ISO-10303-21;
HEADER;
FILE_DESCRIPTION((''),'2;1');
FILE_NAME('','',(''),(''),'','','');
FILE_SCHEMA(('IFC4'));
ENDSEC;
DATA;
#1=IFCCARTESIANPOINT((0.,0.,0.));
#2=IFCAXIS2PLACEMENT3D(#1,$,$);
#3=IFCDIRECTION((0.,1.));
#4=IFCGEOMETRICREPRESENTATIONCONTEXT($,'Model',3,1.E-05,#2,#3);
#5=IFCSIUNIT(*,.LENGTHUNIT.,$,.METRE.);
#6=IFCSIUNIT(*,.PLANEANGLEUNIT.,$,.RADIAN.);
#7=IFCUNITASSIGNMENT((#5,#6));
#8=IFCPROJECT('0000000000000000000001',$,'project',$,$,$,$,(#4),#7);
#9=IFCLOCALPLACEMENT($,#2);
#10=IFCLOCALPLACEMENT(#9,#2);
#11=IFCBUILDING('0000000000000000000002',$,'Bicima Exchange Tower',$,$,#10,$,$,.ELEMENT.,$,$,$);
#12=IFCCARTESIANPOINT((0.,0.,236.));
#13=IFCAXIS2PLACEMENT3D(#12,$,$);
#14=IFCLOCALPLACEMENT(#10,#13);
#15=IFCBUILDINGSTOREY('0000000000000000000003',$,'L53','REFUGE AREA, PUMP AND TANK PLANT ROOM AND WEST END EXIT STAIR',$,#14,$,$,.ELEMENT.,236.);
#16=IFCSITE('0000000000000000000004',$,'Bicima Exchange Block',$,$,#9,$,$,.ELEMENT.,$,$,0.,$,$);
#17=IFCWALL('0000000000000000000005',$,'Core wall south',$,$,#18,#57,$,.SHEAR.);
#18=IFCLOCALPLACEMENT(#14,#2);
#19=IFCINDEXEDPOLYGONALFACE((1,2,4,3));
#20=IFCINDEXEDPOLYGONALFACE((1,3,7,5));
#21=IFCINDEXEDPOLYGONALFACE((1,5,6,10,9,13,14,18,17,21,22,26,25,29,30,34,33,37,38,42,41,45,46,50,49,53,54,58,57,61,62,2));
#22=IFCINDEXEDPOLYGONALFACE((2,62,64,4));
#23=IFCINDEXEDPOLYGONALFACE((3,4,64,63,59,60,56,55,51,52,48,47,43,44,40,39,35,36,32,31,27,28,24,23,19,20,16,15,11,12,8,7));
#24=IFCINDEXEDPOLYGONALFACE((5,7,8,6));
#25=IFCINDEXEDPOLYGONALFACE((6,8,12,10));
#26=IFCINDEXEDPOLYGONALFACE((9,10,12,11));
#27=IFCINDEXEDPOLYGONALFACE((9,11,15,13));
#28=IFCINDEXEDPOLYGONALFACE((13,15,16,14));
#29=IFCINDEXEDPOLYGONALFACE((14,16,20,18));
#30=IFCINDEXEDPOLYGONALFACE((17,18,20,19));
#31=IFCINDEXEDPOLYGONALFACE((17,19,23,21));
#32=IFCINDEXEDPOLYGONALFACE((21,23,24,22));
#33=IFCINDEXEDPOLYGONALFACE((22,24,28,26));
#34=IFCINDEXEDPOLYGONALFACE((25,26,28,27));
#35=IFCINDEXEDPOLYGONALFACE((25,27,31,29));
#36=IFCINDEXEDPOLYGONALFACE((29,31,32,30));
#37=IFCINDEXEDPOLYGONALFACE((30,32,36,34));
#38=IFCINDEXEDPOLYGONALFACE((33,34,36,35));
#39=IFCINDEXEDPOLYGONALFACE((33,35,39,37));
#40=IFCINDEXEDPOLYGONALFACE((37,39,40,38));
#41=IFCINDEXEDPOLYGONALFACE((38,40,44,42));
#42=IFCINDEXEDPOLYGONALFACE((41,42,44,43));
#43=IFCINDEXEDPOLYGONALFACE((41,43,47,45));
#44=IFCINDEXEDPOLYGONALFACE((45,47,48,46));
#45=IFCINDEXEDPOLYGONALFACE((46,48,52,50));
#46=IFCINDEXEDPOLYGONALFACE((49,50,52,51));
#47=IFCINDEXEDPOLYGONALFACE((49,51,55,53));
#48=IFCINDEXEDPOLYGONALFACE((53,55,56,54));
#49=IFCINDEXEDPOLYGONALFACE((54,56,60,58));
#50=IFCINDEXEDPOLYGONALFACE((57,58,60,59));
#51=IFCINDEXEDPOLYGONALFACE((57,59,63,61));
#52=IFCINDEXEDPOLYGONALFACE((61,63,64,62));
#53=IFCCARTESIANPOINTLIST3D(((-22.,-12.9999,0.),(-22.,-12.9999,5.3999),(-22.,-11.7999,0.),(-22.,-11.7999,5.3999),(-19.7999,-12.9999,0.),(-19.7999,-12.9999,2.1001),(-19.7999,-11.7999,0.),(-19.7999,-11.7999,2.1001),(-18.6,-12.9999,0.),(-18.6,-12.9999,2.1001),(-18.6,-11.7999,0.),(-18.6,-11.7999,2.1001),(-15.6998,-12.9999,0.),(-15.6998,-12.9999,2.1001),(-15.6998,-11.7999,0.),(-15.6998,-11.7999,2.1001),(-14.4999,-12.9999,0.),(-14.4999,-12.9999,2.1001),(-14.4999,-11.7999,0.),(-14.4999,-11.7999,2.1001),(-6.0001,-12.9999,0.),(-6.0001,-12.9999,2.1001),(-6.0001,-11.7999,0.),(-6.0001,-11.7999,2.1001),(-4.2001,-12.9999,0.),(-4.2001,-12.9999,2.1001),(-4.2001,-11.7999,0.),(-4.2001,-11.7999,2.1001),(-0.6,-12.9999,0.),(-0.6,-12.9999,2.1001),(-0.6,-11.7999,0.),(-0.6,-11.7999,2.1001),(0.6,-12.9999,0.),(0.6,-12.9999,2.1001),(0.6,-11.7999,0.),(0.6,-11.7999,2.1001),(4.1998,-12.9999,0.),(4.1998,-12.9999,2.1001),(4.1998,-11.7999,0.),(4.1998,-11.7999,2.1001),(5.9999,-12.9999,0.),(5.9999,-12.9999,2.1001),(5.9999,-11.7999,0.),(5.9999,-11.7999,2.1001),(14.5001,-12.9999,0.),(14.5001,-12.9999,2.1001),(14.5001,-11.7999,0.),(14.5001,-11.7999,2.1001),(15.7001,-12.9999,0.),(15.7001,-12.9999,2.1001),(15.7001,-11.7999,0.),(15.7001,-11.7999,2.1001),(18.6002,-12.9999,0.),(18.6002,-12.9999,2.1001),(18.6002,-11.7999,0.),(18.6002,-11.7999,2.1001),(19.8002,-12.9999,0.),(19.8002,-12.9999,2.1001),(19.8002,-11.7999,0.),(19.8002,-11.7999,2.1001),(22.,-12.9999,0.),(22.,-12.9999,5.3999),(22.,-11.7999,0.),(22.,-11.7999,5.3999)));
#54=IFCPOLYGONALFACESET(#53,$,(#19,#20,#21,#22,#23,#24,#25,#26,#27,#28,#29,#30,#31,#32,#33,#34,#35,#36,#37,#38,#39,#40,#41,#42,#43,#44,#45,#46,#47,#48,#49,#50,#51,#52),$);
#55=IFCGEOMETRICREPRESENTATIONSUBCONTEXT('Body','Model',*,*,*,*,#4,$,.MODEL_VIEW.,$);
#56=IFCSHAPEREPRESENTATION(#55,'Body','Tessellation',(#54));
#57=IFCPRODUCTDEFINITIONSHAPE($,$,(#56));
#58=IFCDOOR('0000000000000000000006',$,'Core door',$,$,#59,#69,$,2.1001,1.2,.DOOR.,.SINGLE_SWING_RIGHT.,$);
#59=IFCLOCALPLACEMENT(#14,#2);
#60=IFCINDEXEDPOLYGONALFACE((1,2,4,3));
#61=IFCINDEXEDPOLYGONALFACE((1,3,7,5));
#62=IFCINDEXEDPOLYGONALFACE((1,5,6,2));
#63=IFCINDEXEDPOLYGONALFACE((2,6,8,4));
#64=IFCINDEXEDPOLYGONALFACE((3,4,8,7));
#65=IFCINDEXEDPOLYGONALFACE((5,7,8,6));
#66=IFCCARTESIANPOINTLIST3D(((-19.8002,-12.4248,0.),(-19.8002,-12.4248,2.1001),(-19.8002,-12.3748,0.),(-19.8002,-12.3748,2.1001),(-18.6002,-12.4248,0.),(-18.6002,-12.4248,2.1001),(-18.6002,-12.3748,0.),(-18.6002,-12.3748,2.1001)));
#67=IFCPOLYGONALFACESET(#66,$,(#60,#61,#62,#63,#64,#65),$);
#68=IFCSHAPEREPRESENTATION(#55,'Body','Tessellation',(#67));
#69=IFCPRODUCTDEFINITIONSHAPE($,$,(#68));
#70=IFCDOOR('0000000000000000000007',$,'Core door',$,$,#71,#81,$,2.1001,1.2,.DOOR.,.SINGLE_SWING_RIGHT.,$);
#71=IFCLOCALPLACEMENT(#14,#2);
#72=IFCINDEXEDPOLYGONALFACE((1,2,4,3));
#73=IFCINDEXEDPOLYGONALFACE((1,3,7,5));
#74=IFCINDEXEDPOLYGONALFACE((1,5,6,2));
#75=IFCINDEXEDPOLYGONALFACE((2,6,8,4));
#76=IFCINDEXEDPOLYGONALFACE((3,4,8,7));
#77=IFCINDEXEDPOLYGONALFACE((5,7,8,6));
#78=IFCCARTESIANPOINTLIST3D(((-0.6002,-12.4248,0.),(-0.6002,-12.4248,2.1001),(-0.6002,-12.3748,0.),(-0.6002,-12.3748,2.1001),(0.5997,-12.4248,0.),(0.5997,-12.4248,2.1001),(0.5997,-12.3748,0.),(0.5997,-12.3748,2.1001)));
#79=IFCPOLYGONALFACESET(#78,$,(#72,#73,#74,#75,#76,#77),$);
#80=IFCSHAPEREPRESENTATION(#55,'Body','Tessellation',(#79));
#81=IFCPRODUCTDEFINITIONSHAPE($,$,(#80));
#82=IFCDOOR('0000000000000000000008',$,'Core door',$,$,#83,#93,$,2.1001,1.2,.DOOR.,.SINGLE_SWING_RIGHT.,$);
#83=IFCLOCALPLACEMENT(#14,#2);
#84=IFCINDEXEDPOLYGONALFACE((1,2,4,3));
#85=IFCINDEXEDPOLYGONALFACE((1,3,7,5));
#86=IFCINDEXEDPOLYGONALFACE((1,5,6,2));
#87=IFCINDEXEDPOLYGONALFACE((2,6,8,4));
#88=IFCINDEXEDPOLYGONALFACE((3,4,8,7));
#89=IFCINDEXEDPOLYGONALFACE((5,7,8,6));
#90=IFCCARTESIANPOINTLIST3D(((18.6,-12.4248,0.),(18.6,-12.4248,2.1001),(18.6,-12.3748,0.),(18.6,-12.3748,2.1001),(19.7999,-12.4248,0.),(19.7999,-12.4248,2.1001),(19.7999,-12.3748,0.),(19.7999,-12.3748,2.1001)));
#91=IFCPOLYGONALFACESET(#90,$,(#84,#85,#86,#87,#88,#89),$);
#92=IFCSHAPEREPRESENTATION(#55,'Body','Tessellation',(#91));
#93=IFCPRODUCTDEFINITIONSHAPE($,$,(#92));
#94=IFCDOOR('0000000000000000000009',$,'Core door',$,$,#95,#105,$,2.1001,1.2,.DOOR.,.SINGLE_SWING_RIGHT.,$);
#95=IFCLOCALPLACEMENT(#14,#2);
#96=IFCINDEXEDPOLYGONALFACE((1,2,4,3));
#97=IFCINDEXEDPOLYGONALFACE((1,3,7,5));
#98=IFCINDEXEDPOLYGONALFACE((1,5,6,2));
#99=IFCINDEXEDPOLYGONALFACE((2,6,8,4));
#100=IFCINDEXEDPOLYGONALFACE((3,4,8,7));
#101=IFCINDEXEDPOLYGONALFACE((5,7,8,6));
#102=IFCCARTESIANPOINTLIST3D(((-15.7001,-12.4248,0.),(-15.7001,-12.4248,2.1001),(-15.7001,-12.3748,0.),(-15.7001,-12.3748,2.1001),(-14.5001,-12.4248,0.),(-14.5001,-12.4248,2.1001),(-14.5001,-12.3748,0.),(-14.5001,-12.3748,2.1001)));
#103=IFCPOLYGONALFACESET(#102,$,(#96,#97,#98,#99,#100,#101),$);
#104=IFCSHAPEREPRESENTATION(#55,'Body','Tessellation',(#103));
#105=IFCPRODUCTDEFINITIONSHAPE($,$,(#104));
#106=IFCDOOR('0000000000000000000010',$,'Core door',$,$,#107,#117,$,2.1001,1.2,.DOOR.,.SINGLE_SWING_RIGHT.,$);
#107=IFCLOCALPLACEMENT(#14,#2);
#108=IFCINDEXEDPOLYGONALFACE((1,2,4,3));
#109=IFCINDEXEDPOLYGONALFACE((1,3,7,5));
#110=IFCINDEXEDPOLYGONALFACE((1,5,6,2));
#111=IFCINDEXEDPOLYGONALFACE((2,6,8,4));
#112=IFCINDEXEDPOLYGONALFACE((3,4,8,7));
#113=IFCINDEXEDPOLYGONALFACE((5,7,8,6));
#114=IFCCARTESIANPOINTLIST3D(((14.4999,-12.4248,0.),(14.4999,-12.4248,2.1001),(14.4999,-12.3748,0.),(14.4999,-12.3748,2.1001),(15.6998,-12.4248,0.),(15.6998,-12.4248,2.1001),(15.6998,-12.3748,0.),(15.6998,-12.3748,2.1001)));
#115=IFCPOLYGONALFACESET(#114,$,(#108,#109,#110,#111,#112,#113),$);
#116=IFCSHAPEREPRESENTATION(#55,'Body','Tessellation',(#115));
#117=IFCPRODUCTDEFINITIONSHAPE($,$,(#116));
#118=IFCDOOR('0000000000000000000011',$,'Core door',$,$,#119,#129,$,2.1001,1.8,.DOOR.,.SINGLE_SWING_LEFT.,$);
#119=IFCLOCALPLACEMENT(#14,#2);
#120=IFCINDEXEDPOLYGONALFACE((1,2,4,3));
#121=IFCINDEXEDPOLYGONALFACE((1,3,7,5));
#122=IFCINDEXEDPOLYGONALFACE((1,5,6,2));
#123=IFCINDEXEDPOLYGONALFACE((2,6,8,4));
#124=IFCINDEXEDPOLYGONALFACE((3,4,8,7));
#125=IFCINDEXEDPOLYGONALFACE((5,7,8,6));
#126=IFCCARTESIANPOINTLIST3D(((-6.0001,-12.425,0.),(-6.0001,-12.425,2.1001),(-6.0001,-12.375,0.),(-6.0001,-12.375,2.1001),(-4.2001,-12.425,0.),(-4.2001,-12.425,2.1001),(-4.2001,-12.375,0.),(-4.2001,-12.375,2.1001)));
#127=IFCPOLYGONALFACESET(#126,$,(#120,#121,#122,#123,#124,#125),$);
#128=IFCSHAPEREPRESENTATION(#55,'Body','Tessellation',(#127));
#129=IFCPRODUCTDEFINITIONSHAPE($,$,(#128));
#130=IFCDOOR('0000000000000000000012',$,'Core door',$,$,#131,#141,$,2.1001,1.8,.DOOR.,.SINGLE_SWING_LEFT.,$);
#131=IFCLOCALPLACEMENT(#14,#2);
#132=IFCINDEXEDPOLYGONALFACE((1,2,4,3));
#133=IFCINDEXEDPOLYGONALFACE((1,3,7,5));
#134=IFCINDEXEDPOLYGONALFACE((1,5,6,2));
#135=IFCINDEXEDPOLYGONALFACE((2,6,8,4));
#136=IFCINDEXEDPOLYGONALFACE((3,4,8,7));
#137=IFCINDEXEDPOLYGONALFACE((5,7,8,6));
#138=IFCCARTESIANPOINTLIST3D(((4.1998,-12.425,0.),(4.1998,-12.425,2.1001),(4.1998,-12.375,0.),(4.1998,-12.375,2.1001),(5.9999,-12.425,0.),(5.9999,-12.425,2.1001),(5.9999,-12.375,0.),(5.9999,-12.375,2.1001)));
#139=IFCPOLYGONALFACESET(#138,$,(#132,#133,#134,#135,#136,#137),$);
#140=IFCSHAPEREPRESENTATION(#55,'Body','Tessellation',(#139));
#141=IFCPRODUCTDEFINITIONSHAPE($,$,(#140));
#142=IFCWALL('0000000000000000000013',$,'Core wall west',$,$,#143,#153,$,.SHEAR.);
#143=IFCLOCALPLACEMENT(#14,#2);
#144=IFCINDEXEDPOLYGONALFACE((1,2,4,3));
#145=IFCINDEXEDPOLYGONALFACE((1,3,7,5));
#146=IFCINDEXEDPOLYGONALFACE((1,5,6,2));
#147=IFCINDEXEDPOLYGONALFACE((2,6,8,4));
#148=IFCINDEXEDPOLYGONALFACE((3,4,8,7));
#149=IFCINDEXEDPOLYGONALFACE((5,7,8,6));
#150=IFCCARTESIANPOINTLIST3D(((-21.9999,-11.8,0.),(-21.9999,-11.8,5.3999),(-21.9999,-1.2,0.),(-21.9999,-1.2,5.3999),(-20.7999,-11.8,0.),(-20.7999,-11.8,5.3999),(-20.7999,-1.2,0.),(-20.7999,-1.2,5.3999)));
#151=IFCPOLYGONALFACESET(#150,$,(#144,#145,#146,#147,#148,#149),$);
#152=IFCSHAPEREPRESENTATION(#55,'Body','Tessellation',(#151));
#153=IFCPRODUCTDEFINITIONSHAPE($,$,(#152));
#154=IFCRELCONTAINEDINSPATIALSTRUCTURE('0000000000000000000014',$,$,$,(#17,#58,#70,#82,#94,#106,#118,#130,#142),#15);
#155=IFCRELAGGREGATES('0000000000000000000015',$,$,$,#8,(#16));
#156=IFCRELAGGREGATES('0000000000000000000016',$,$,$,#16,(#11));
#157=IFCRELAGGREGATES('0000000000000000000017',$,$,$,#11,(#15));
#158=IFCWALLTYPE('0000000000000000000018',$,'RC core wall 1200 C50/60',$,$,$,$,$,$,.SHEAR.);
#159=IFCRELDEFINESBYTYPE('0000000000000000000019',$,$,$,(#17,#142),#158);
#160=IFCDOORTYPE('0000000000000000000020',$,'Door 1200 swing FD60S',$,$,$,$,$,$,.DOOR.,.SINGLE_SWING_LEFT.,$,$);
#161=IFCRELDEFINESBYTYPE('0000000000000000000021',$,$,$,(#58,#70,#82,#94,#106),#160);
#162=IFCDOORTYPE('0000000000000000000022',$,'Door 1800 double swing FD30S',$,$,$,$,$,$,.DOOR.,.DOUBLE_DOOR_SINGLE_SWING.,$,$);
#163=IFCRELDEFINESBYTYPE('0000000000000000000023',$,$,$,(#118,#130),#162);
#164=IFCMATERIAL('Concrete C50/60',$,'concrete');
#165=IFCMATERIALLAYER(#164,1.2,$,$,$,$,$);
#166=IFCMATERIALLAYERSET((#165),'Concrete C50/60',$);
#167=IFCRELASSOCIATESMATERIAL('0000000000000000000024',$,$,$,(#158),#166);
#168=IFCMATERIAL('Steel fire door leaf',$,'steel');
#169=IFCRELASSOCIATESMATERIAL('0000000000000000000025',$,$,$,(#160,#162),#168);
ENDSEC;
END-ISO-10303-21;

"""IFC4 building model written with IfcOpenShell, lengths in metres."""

from ifc_helpers import new_model, si_unit, direction, frame, frame_2d, origin, place, context, subcontext, project, spatial, rectangle, extrude, material, layer, layer_set, type_object, element, fill, save


model = new_model("IFC4")

# Units and contexts
model_context = context("Model", 3, precision=1e-05, world=origin(), true_north=direction((0.0, 1.0)))
body_context = subcontext(model_context, "Body", "Model", "MODEL_VIEW")
ifc_project = project(units=[si_unit("LENGTHUNIT", "METRE"), si_unit("PLANEANGLEUNIT", "RADIAN")], contexts=[model_context])

# Site, building, storey
site_placement = place(None, origin())
site = spatial("IfcSite", under=ifc_project, at=site_placement, Name="Bicima Exchange Block", CompositionType="ELEMENT", RefElevation=0.0)
building_placement = place(site_placement, origin())
building = spatial("IfcBuilding", under=site, at=building_placement, Name="Bicima Exchange Tower", CompositionType="ELEMENT")
storey_placement = place(building_placement, frame((0.0, 0.0, 236.0)))
storey = spatial("IfcBuildingStorey", under=building, at=storey_placement, Name="L53", Description="REFUGE AREA, PUMP AND TANK PLANT ROOM AND WEST END EXIT STAIR", CompositionType="ELEMENT", Elevation=236.0)

# Wall, openings, doors
ifc_material_1 = material(Name="Concrete C50/60", Category="concrete")
ifc_layer_1 = layer(ifc_material_1, 1.2)
ifc_layer_set_1 = layer_set([ifc_layer_1], Name="Concrete C50/60")
wall_type_1 = type_object("IfcWallType", Name="RC core wall 1200 C50/60", PredefinedType="SHEAR", material=ifc_layer_set_1)
wall_1_placement = place(storey_placement, frame((-22.0, -12.3999, 0.0), z_axis=(0.0, 0.0, 1.0), x_axis=(1.0, 0.0, 0.0)))
wall_1 = element("IfcWall", 1, at=wall_1_placement, inside=storey, type_object=wall_type_1, Name="Core wall south", PredefinedType="SHEAR", context=body_context, shape_type="SweptSolid", body=[
    extrude(rectangle(XDim=44.0, YDim=1.2, at=frame_2d((22.0, 0.0))), origin(), (0.0, 0.0, 1.0), 5.3999),
])
opening_1_placement = place(wall_1_placement, frame((2.2, 0.0, 0.0)))
opening_1 = element("IfcOpeningElement", 2, at=opening_1_placement, cuts=wall_1, PredefinedType="OPENING", context=body_context, shape_type="SweptSolid", body=[
    extrude(rectangle(XDim=1.2, YDim=2.1001, at=frame_2d((0.6001, 1.05))), frame((0.0, 0.6118, 0.0), z_axis=(0.0, -1.0, 0.0), x_axis=(1.0, 0.0, 0.0)), (0.0, 0.0, 1.0), 1.2239),
])
opening_2_placement = place(wall_1_placement, frame((21.3999, 0.0, 0.0)))
opening_2 = element("IfcOpeningElement", 3, at=opening_2_placement, cuts=wall_1, PredefinedType="OPENING", context=body_context, shape_type="SweptSolid", body=[
    extrude(rectangle(XDim=1.2, YDim=2.1001, at=frame_2d((0.6001, 1.05))), frame((0.0, 0.6118, 0.0), z_axis=(0.0, -1.0, 0.0), x_axis=(1.0, 0.0, 0.0)), (0.0, 0.0, 1.0), 1.2239),
])
opening_3_placement = place(wall_1_placement, frame((40.6001, 0.0, 0.0)))
opening_3 = element("IfcOpeningElement", 4, at=opening_3_placement, cuts=wall_1, PredefinedType="OPENING", context=body_context, shape_type="SweptSolid", body=[
    extrude(rectangle(XDim=1.2, YDim=2.1001, at=frame_2d((0.6001, 1.05))), frame((0.0, 0.6118, 0.0), z_axis=(0.0, -1.0, 0.0), x_axis=(1.0, 0.0, 0.0)), (0.0, 0.0, 1.0), 1.2239),
])
opening_4_placement = place(wall_1_placement, frame((16.0, 0.0, 0.0)))
opening_4 = element("IfcOpeningElement", 5, at=opening_4_placement, cuts=wall_1, PredefinedType="OPENING", context=body_context, shape_type="SweptSolid", body=[
    extrude(rectangle(XDim=1.8, YDim=2.1001, at=frame_2d((0.8999, 1.05))), frame((0.0, 0.6118, 0.0), z_axis=(0.0, -1.0, 0.0), x_axis=(1.0, 0.0, 0.0)), (0.0, 0.0, 1.0), 1.2239),
])
opening_5_placement = place(wall_1_placement, frame((6.3, 0.0, 0.0)))
opening_5 = element("IfcOpeningElement", 6, at=opening_5_placement, cuts=wall_1, PredefinedType="OPENING", context=body_context, shape_type="SweptSolid", body=[
    extrude(rectangle(XDim=1.2, YDim=2.1001, at=frame_2d((0.6001, 1.05))), frame((0.0, 0.6118, 0.0), z_axis=(0.0, -1.0, 0.0), x_axis=(1.0, 0.0, 0.0)), (0.0, 0.0, 1.0), 1.2239),
])
opening_6_placement = place(wall_1_placement, frame((26.2, 0.0, 0.0)))
opening_6 = element("IfcOpeningElement", 7, at=opening_6_placement, cuts=wall_1, PredefinedType="OPENING", context=body_context, shape_type="SweptSolid", body=[
    extrude(rectangle(XDim=1.8, YDim=2.1001, at=frame_2d((0.8999, 1.05))), frame((0.0, 0.6118, 0.0), z_axis=(0.0, -1.0, 0.0), x_axis=(1.0, 0.0, 0.0)), (0.0, 0.0, 1.0), 1.2239),
])
opening_7_placement = place(wall_1_placement, frame((36.5, 0.0, 0.0)))
opening_7 = element("IfcOpeningElement", 8, at=opening_7_placement, cuts=wall_1, PredefinedType="OPENING", context=body_context, shape_type="SweptSolid", body=[
    extrude(rectangle(XDim=1.2, YDim=2.1001, at=frame_2d((0.6001, 1.05))), frame((0.0, 0.6118, 0.0), z_axis=(0.0, -1.0, 0.0), x_axis=(1.0, 0.0, 0.0)), (0.0, 0.0, 1.0), 1.2239),
])
ifc_material_2 = material(Name="Steel fire door leaf", Category="steel")
door_type_1 = type_object("IfcDoorType", Name="Door 1200 swing FD60S", OperationType="SINGLE_SWING_LEFT", PredefinedType="DOOR", material=ifc_material_2)
door_1_placement = place(opening_1_placement, frame((1.2, 0.0, 0.0), z_axis=(0.0, 0.0, 1.0), x_axis=(-1.0, 0.0, 0.0)))
door_1 = element("IfcDoor", 9, at=door_1_placement, inside=storey, type_object=door_type_1, Name="Core door", OperationType="SINGLE_SWING_RIGHT", OverallHeight=2.1001, OverallWidth=1.2, PredefinedType="DOOR", context=body_context, shape_type="SweptSolid", body=[
    extrude(rectangle(XDim=1.2, YDim=2.1001, at=frame_2d((0.6001, 1.05))), frame((0.0, 0.0249, 0.0), z_axis=(0.0, -1.0, 0.0), x_axis=(1.0, 0.0, 0.0)), (0.0, 0.0, 1.0), 0.05),
])
fill(opening_1, door_1)
door_2_placement = place(opening_2_placement, frame((1.2, 0.0, 0.0), z_axis=(0.0, 0.0, 1.0), x_axis=(-1.0, 0.0, 0.0)))
door_2 = element("IfcDoor", 10, at=door_2_placement, inside=storey, type_object=door_type_1, Name="Core door", OperationType="SINGLE_SWING_RIGHT", OverallHeight=2.1001, OverallWidth=1.2, PredefinedType="DOOR", context=body_context, shape_type="SweptSolid", body=[
    extrude(rectangle(XDim=1.2, YDim=2.1001, at=frame_2d((0.6001, 1.05))), frame((0.0, 0.0249, 0.0), z_axis=(0.0, -1.0, 0.0), x_axis=(1.0, 0.0, 0.0)), (0.0, 0.0, 1.0), 0.05),
])
fill(opening_2, door_2)
door_3_placement = place(opening_3_placement, frame((1.2, 0.0, 0.0), z_axis=(0.0, 0.0, 1.0), x_axis=(-1.0, 0.0, 0.0)))
door_3 = element("IfcDoor", 11, at=door_3_placement, inside=storey, type_object=door_type_1, Name="Core door", OperationType="SINGLE_SWING_RIGHT", OverallHeight=2.1001, OverallWidth=1.2, PredefinedType="DOOR", context=body_context, shape_type="SweptSolid", body=[
    extrude(rectangle(XDim=1.2, YDim=2.1001, at=frame_2d((0.6001, 1.05))), frame((0.0, 0.0249, 0.0), z_axis=(0.0, -1.0, 0.0), x_axis=(1.0, 0.0, 0.0)), (0.0, 0.0, 1.0), 0.05),
])
fill(opening_3, door_3)
door_4_placement = place(opening_5_placement, frame((1.2, 0.0, 0.0), z_axis=(0.0, 0.0, 1.0), x_axis=(-1.0, 0.0, 0.0)))
door_4 = element("IfcDoor", 12, at=door_4_placement, inside=storey, type_object=door_type_1, Name="Core door", OperationType="SINGLE_SWING_RIGHT", OverallHeight=2.1001, OverallWidth=1.2, PredefinedType="DOOR", context=body_context, shape_type="SweptSolid", body=[
    extrude(rectangle(XDim=1.2, YDim=2.1001, at=frame_2d((0.6001, 1.05))), frame((0.0, 0.0249, 0.0), z_axis=(0.0, -1.0, 0.0), x_axis=(1.0, 0.0, 0.0)), (0.0, 0.0, 1.0), 0.05),
])
fill(opening_5, door_4)
door_5_placement = place(opening_7_placement, frame((1.2, 0.0, 0.0), z_axis=(0.0, 0.0, 1.0), x_axis=(-1.0, 0.0, 0.0)))
door_5 = element("IfcDoor", 13, at=door_5_placement, inside=storey, type_object=door_type_1, Name="Core door", OperationType="SINGLE_SWING_RIGHT", OverallHeight=2.1001, OverallWidth=1.2, PredefinedType="DOOR", context=body_context, shape_type="SweptSolid", body=[
    extrude(rectangle(XDim=1.2, YDim=2.1001, at=frame_2d((0.6001, 1.05))), frame((0.0, 0.0249, 0.0), z_axis=(0.0, -1.0, 0.0), x_axis=(1.0, 0.0, 0.0)), (0.0, 0.0, 1.0), 0.05),
])
fill(opening_7, door_5)
door_type_2 = type_object("IfcDoorType", Name="Door 1800 double swing FD30S", OperationType="DOUBLE_DOOR_SINGLE_SWING", PredefinedType="DOOR", material=ifc_material_2)
door_6_placement = place(opening_4_placement, origin())
door_6 = element("IfcDoor", 14, at=door_6_placement, inside=storey, type_object=door_type_2, Name="Core door", OperationType="SINGLE_SWING_LEFT", OverallHeight=2.1001, OverallWidth=1.8, PredefinedType="DOOR", context=body_context, shape_type="SweptSolid", body=[
    extrude(rectangle(XDim=1.8, YDim=2.1001, at=frame_2d((0.8999, 1.05))), frame((0.0, 0.0249, 0.0), z_axis=(0.0, -1.0, 0.0), x_axis=(1.0, 0.0, 0.0)), (0.0, 0.0, 1.0), 0.05),
])
fill(opening_4, door_6)
door_7_placement = place(opening_6_placement, origin())
door_7 = element("IfcDoor", 15, at=door_7_placement, inside=storey, type_object=door_type_2, Name="Core door", OperationType="SINGLE_SWING_LEFT", OverallHeight=2.1001, OverallWidth=1.8, PredefinedType="DOOR", context=body_context, shape_type="SweptSolid", body=[
    extrude(rectangle(XDim=1.8, YDim=2.1001, at=frame_2d((0.8999, 1.05))), frame((0.0, 0.0249, 0.0), z_axis=(0.0, -1.0, 0.0), x_axis=(1.0, 0.0, 0.0)), (0.0, 0.0, 1.0), 0.05),
])
fill(opening_6, door_7)

# Wall
wall_2_placement = place(storey_placement, frame((-21.3999, -11.8, 0.0), z_axis=(0.0, 0.0, 1.0), x_axis=(0.0, 1.0, 0.0)))
element("IfcWall", 16, at=wall_2_placement, inside=storey, type_object=wall_type_1, Name="Core wall west", PredefinedType="SHEAR", context=body_context, shape_type="SweptSolid", body=[
    extrude(rectangle(XDim=10.6001, YDim=1.2, at=frame_2d((5.3, 0.0))), origin(), (0.0, 0.0, 1.0), 5.3999),
])

save(model, "model.ifc")
